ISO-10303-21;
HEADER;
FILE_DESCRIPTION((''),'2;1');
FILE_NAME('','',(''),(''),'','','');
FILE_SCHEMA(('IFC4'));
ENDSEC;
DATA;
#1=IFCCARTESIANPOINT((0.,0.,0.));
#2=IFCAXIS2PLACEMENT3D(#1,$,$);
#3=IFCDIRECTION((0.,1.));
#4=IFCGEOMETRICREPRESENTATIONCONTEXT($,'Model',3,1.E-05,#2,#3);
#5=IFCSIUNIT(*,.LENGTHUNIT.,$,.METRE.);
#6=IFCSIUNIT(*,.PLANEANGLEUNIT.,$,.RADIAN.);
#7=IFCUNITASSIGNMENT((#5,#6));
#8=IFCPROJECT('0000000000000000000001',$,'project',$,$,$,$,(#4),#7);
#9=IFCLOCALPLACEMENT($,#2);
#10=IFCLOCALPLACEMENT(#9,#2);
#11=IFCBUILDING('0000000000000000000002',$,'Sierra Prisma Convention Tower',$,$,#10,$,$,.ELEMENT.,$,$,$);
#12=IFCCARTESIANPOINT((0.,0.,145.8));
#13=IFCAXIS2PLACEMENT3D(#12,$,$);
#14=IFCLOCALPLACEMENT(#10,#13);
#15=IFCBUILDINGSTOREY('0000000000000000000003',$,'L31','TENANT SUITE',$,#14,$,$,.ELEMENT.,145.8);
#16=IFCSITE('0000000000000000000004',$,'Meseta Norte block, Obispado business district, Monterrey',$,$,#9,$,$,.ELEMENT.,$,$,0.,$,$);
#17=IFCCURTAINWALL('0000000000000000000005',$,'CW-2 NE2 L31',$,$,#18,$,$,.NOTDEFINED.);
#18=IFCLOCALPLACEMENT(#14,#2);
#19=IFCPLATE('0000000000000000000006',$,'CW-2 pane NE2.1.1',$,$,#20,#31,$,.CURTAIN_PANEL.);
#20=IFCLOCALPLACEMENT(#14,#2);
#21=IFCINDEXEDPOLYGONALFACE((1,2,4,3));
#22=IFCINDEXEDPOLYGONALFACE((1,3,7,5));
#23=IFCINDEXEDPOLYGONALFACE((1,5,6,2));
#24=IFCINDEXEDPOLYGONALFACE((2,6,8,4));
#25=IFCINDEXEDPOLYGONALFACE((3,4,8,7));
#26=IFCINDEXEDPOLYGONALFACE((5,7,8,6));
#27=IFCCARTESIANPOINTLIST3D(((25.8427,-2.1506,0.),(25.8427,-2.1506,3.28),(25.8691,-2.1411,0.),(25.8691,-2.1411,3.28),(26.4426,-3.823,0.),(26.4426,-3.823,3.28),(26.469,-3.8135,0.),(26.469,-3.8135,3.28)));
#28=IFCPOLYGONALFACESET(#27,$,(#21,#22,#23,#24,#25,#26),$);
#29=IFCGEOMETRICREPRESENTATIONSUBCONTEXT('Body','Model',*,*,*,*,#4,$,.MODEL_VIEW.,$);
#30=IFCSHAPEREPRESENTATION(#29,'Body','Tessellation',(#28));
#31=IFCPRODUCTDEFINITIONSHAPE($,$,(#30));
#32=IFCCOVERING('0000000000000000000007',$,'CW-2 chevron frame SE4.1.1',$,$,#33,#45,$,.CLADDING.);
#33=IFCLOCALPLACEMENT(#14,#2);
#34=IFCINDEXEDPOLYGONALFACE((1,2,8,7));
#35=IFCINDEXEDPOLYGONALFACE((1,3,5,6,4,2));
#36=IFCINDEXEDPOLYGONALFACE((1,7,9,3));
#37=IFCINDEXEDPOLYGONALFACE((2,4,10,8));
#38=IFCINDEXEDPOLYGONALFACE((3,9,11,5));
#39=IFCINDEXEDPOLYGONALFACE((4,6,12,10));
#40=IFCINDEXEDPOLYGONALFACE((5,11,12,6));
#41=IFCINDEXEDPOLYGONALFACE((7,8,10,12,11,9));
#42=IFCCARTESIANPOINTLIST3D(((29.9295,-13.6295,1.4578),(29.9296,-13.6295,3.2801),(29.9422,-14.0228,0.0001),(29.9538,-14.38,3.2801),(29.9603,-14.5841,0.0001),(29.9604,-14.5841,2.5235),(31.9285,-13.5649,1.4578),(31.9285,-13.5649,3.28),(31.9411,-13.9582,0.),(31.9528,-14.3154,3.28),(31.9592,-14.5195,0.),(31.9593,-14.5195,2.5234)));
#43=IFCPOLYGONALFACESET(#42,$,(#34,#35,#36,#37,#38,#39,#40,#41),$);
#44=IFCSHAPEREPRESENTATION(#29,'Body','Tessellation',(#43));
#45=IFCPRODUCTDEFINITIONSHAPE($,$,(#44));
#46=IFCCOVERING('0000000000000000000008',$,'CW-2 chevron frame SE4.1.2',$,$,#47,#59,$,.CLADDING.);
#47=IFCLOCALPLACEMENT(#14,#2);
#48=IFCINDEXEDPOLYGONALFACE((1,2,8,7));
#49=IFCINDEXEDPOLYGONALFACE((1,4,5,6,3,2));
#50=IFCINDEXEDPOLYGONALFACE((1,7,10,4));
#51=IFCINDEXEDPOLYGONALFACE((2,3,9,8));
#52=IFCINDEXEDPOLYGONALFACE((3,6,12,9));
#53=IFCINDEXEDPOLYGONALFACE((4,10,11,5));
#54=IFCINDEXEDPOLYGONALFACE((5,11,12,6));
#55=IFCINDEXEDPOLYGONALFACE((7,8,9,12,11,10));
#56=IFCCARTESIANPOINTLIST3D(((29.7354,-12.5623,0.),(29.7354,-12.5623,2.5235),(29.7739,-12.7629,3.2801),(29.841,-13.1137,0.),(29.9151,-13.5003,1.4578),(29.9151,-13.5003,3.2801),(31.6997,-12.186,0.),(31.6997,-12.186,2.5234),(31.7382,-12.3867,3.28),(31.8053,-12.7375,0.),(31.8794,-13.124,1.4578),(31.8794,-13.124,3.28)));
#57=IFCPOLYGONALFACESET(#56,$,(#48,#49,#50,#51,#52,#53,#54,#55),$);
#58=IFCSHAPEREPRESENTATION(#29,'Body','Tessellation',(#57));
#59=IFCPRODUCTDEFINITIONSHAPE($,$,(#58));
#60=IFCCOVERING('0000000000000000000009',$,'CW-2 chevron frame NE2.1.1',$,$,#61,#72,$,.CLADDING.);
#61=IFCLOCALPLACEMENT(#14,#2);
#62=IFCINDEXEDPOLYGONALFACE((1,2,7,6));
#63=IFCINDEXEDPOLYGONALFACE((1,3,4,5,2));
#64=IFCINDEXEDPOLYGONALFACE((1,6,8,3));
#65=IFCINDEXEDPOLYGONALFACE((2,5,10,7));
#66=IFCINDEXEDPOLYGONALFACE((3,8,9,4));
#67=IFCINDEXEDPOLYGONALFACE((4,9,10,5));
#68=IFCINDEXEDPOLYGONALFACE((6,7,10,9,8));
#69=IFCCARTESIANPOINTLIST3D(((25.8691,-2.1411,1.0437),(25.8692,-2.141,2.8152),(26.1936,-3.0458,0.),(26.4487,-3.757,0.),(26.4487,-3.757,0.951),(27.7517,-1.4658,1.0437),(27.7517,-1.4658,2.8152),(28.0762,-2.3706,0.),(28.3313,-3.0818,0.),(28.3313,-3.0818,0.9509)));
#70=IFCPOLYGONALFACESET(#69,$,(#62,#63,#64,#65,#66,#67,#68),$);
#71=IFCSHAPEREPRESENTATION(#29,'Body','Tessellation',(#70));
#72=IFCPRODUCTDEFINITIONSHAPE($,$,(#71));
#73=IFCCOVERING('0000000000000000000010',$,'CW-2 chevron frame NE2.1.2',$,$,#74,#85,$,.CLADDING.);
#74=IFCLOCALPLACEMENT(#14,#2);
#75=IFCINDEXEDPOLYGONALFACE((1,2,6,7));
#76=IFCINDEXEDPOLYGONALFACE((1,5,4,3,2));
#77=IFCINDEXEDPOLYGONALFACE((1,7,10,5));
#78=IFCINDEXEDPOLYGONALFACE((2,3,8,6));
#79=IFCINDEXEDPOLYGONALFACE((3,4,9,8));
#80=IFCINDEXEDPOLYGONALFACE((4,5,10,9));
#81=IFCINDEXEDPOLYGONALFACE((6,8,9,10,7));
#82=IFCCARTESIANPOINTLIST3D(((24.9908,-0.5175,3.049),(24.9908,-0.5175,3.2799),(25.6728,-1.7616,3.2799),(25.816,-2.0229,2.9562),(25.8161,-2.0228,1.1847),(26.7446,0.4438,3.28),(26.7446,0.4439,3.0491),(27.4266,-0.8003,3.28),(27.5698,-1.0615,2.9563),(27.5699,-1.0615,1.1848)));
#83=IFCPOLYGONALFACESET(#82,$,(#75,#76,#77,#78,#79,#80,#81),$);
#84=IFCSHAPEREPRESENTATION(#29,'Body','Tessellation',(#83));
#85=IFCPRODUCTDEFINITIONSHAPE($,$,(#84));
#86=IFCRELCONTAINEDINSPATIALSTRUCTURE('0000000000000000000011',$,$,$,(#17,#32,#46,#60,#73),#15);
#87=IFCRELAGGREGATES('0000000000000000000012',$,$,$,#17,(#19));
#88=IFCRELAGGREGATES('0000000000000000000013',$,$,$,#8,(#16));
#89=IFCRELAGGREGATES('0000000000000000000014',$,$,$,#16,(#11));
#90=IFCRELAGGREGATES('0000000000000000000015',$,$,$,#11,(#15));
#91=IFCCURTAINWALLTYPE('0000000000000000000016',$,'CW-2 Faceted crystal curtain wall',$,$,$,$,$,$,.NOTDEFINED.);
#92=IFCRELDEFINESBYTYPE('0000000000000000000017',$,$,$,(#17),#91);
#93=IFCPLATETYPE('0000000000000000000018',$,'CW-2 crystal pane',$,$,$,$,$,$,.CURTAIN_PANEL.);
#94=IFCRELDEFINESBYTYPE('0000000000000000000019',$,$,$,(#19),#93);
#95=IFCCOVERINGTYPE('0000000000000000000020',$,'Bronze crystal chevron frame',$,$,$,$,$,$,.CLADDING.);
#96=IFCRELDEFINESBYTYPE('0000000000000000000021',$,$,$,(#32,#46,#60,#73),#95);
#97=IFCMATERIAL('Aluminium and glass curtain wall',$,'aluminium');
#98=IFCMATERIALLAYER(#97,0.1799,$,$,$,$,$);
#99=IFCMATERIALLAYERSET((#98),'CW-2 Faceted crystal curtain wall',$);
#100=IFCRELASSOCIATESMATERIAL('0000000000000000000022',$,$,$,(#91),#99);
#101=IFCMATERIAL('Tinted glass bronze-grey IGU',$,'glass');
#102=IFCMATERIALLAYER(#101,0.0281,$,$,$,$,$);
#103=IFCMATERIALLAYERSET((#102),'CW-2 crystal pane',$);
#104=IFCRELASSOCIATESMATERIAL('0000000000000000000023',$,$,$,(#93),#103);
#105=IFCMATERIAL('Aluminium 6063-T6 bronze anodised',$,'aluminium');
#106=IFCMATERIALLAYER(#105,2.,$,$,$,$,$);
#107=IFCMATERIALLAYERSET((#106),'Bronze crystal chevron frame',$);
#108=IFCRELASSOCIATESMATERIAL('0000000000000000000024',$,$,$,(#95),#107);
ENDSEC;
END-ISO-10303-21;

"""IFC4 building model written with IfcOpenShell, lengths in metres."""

from ifc_helpers import new_model, si_unit, direction, frame, origin, place, context, subcontext, project, spatial, polyline, outline, extrude, material, layer, layer_set, type_object, element, aggregate, save


model = new_model("IFC4")

# Units and contexts
model_context = context("Model", 3, precision=1e-05, world=origin(), true_north=direction((0.0, 1.0)))
body_context = subcontext(model_context, "Body", "Model", "MODEL_VIEW")
ifc_project = project(units=[si_unit("LENGTHUNIT", "METRE"), si_unit("PLANEANGLEUNIT", "RADIAN")], contexts=[model_context])

# Site, building, storey
site_placement = place(None, origin())
site = spatial("IfcSite", under=ifc_project, at=site_placement, Name="Meseta Norte block, Obispado business district, Monterrey", CompositionType="ELEMENT", RefElevation=0.0)
building_placement = place(site_placement, origin())
building = spatial("IfcBuilding", under=site, at=building_placement, Name="Sierra Prisma Convention Tower", CompositionType="ELEMENT")
storey_placement = place(building_placement, frame((0.0, 0.0, 145.8)))
storey = spatial("IfcBuildingStorey", under=building, at=storey_placement, Name="L31", Description="TENANT SUITE", CompositionType="ELEMENT", Elevation=145.8)

# Curtain wall
ifc_material_1 = material(Name="Aluminium and glass curtain wall", Category="aluminium")
ifc_layer_1 = layer(ifc_material_1, 0.1799)
ifc_layer_set_1 = layer_set([ifc_layer_1], Name="CW-2 Faceted crystal curtain wall")
curtain_wall_type_1 = type_object("IfcCurtainWallType", Name="CW-2 Faceted crystal curtain wall", PredefinedType="NOTDEFINED", material=ifc_layer_set_1)
curtain_wall_1_placement = place(storey_placement, origin())
curtain_wall_1 = element("IfcCurtainWall", 1, at=curtain_wall_1_placement, inside=storey, type_object=curtain_wall_type_1, Name="CW-2 NE2 L31", PredefinedType="NOTDEFINED")

# Shared definitions
ifc_material_2 = material(Name="Tinted glass bronze-grey IGU", Category="glass")
ifc_layer_2 = layer(ifc_material_2, 0.0281)
ifc_layer_set_2 = layer_set([ifc_layer_2], Name="CW-2 crystal pane")
plate_type_1 = type_object("IfcPlateType", Name="CW-2 crystal pane", PredefinedType="CURTAIN_PANEL", material=ifc_layer_set_2)

# Plate
plate_1_placement = place(storey_placement, frame((26.469, -3.8135, 0.0), z_axis=(0.941281, 0.337624, 0.0), x_axis=(-0.337624, 0.941281, 0.0)))
plate_1 = element("IfcPlate", 2, at=plate_1_placement, type_object=plate_type_1, Name="CW-2 pane NE2.1.1", PredefinedType="CURTAIN_PANEL", context=body_context, shape_type="SweptSolid", body=[
    extrude(outline(polyline([(0.0, 0.0), (1.7767, 0.0), (1.7767, 3.28), (0.0, 3.28), (0.0, 0.0)])), origin(), (0.0, 0.0, -1.0), 0.0281),
])
aggregate(curtain_wall_1, [plate_1])

# Coverings
ifc_material_3 = material(Name="Aluminium 6063-T6 bronze anodised", Category="aluminium")
ifc_layer_3 = layer(ifc_material_3, 2.0)
ifc_layer_set_3 = layer_set([ifc_layer_3], Name="Bronze crystal chevron frame")
covering_type = type_object("IfcCoveringType", Name="Bronze crystal chevron frame", PredefinedType="CLADDING", material=ifc_layer_set_3)
covering_1_placement = place(storey_placement, frame((31.9592, -14.5195, 0.0), z_axis=(0.999479, 0.032265, -0.000036), x_axis=(-0.032265, 0.999479, 0.0)))
element("IfcCovering", 3, at=covering_1_placement, inside=storey, type_object=covering_type, Name="CW-2 chevron frame SE4.1.1", PredefinedType="CLADDING", context=body_context, shape_type="SweptSolid", body=[
    extrude(outline(polyline([(0.0, 0.0), (0.5616, 0.0), (0.9551, 1.4578), (0.9551, 3.28), (0.2042, 3.28), (0.0, 2.5234), (0.0, 0.0)])), origin(), (0.0, 0.0, -1.0), 2.0),
])
covering_2_placement = place(storey_placement, frame((31.8794, -13.124, 3.28), z_axis=(0.982147, 0.188114, -0.000012), x_axis=(-0.000011, -0.000002, -1.0)))
element("IfcCovering", 4, at=covering_2_placement, inside=storey, type_object=covering_type, Name="CW-2 chevron frame SE4.1.2", PredefinedType="CLADDING", context=body_context, shape_type="SweptSolid", body=[
    extrude(outline(polyline([(0.0, 0.0), (1.8223, 0.0), (3.28, 0.3935), (3.28, 0.955), (0.7566, 0.955), (0.0, 0.7507), (0.0, 0.0)])), origin(), (0.0, 0.0, -1.0), 2.0),
])
covering_3_placement = place(storey_placement, frame((28.3313, -3.0818, 0.0), z_axis=(0.941284, 0.337615, -0.000015), x_axis=(-0.337615, 0.941284, 0.0)))
element("IfcCovering", 5, at=covering_3_placement, inside=storey, type_object=covering_type, Name="CW-2 chevron frame NE2.1.1", PredefinedType="CLADDING", context=body_context, shape_type="SweptSolid", body=[
    extrude(outline(polyline([(0.0, 0.0), (0.7556, 0.0), (1.7168, 1.0437), (1.7168, 2.8152), (0.0, 0.9509), (0.0, 0.0)])), origin(), (0.0, 0.0, -1.0), 2.0),
])
covering_4_placement = place(storey_placement, frame((27.5698, -1.0615, 2.9563), z_axis=(0.876898, 0.480677, 0.000043), x_axis=(0.000038, 0.000021, -1.0)))
element("IfcCovering", 6, at=covering_4_placement, inside=storey, type_object=covering_type, Name="CW-2 chevron frame NE2.1.2", PredefinedType="CLADDING", context=body_context, shape_type="SweptSolid", body=[
    extrude(outline(polyline([(0.0, 0.0), (1.7715, 0.0), (-0.0928, 1.7167), (-0.3237, 1.7167), (-0.3237, 0.298), (0.0, 0.0)])), origin(), (0.0, 0.0, -1.0), 2.0),
])

save(model, "model.ifc")
